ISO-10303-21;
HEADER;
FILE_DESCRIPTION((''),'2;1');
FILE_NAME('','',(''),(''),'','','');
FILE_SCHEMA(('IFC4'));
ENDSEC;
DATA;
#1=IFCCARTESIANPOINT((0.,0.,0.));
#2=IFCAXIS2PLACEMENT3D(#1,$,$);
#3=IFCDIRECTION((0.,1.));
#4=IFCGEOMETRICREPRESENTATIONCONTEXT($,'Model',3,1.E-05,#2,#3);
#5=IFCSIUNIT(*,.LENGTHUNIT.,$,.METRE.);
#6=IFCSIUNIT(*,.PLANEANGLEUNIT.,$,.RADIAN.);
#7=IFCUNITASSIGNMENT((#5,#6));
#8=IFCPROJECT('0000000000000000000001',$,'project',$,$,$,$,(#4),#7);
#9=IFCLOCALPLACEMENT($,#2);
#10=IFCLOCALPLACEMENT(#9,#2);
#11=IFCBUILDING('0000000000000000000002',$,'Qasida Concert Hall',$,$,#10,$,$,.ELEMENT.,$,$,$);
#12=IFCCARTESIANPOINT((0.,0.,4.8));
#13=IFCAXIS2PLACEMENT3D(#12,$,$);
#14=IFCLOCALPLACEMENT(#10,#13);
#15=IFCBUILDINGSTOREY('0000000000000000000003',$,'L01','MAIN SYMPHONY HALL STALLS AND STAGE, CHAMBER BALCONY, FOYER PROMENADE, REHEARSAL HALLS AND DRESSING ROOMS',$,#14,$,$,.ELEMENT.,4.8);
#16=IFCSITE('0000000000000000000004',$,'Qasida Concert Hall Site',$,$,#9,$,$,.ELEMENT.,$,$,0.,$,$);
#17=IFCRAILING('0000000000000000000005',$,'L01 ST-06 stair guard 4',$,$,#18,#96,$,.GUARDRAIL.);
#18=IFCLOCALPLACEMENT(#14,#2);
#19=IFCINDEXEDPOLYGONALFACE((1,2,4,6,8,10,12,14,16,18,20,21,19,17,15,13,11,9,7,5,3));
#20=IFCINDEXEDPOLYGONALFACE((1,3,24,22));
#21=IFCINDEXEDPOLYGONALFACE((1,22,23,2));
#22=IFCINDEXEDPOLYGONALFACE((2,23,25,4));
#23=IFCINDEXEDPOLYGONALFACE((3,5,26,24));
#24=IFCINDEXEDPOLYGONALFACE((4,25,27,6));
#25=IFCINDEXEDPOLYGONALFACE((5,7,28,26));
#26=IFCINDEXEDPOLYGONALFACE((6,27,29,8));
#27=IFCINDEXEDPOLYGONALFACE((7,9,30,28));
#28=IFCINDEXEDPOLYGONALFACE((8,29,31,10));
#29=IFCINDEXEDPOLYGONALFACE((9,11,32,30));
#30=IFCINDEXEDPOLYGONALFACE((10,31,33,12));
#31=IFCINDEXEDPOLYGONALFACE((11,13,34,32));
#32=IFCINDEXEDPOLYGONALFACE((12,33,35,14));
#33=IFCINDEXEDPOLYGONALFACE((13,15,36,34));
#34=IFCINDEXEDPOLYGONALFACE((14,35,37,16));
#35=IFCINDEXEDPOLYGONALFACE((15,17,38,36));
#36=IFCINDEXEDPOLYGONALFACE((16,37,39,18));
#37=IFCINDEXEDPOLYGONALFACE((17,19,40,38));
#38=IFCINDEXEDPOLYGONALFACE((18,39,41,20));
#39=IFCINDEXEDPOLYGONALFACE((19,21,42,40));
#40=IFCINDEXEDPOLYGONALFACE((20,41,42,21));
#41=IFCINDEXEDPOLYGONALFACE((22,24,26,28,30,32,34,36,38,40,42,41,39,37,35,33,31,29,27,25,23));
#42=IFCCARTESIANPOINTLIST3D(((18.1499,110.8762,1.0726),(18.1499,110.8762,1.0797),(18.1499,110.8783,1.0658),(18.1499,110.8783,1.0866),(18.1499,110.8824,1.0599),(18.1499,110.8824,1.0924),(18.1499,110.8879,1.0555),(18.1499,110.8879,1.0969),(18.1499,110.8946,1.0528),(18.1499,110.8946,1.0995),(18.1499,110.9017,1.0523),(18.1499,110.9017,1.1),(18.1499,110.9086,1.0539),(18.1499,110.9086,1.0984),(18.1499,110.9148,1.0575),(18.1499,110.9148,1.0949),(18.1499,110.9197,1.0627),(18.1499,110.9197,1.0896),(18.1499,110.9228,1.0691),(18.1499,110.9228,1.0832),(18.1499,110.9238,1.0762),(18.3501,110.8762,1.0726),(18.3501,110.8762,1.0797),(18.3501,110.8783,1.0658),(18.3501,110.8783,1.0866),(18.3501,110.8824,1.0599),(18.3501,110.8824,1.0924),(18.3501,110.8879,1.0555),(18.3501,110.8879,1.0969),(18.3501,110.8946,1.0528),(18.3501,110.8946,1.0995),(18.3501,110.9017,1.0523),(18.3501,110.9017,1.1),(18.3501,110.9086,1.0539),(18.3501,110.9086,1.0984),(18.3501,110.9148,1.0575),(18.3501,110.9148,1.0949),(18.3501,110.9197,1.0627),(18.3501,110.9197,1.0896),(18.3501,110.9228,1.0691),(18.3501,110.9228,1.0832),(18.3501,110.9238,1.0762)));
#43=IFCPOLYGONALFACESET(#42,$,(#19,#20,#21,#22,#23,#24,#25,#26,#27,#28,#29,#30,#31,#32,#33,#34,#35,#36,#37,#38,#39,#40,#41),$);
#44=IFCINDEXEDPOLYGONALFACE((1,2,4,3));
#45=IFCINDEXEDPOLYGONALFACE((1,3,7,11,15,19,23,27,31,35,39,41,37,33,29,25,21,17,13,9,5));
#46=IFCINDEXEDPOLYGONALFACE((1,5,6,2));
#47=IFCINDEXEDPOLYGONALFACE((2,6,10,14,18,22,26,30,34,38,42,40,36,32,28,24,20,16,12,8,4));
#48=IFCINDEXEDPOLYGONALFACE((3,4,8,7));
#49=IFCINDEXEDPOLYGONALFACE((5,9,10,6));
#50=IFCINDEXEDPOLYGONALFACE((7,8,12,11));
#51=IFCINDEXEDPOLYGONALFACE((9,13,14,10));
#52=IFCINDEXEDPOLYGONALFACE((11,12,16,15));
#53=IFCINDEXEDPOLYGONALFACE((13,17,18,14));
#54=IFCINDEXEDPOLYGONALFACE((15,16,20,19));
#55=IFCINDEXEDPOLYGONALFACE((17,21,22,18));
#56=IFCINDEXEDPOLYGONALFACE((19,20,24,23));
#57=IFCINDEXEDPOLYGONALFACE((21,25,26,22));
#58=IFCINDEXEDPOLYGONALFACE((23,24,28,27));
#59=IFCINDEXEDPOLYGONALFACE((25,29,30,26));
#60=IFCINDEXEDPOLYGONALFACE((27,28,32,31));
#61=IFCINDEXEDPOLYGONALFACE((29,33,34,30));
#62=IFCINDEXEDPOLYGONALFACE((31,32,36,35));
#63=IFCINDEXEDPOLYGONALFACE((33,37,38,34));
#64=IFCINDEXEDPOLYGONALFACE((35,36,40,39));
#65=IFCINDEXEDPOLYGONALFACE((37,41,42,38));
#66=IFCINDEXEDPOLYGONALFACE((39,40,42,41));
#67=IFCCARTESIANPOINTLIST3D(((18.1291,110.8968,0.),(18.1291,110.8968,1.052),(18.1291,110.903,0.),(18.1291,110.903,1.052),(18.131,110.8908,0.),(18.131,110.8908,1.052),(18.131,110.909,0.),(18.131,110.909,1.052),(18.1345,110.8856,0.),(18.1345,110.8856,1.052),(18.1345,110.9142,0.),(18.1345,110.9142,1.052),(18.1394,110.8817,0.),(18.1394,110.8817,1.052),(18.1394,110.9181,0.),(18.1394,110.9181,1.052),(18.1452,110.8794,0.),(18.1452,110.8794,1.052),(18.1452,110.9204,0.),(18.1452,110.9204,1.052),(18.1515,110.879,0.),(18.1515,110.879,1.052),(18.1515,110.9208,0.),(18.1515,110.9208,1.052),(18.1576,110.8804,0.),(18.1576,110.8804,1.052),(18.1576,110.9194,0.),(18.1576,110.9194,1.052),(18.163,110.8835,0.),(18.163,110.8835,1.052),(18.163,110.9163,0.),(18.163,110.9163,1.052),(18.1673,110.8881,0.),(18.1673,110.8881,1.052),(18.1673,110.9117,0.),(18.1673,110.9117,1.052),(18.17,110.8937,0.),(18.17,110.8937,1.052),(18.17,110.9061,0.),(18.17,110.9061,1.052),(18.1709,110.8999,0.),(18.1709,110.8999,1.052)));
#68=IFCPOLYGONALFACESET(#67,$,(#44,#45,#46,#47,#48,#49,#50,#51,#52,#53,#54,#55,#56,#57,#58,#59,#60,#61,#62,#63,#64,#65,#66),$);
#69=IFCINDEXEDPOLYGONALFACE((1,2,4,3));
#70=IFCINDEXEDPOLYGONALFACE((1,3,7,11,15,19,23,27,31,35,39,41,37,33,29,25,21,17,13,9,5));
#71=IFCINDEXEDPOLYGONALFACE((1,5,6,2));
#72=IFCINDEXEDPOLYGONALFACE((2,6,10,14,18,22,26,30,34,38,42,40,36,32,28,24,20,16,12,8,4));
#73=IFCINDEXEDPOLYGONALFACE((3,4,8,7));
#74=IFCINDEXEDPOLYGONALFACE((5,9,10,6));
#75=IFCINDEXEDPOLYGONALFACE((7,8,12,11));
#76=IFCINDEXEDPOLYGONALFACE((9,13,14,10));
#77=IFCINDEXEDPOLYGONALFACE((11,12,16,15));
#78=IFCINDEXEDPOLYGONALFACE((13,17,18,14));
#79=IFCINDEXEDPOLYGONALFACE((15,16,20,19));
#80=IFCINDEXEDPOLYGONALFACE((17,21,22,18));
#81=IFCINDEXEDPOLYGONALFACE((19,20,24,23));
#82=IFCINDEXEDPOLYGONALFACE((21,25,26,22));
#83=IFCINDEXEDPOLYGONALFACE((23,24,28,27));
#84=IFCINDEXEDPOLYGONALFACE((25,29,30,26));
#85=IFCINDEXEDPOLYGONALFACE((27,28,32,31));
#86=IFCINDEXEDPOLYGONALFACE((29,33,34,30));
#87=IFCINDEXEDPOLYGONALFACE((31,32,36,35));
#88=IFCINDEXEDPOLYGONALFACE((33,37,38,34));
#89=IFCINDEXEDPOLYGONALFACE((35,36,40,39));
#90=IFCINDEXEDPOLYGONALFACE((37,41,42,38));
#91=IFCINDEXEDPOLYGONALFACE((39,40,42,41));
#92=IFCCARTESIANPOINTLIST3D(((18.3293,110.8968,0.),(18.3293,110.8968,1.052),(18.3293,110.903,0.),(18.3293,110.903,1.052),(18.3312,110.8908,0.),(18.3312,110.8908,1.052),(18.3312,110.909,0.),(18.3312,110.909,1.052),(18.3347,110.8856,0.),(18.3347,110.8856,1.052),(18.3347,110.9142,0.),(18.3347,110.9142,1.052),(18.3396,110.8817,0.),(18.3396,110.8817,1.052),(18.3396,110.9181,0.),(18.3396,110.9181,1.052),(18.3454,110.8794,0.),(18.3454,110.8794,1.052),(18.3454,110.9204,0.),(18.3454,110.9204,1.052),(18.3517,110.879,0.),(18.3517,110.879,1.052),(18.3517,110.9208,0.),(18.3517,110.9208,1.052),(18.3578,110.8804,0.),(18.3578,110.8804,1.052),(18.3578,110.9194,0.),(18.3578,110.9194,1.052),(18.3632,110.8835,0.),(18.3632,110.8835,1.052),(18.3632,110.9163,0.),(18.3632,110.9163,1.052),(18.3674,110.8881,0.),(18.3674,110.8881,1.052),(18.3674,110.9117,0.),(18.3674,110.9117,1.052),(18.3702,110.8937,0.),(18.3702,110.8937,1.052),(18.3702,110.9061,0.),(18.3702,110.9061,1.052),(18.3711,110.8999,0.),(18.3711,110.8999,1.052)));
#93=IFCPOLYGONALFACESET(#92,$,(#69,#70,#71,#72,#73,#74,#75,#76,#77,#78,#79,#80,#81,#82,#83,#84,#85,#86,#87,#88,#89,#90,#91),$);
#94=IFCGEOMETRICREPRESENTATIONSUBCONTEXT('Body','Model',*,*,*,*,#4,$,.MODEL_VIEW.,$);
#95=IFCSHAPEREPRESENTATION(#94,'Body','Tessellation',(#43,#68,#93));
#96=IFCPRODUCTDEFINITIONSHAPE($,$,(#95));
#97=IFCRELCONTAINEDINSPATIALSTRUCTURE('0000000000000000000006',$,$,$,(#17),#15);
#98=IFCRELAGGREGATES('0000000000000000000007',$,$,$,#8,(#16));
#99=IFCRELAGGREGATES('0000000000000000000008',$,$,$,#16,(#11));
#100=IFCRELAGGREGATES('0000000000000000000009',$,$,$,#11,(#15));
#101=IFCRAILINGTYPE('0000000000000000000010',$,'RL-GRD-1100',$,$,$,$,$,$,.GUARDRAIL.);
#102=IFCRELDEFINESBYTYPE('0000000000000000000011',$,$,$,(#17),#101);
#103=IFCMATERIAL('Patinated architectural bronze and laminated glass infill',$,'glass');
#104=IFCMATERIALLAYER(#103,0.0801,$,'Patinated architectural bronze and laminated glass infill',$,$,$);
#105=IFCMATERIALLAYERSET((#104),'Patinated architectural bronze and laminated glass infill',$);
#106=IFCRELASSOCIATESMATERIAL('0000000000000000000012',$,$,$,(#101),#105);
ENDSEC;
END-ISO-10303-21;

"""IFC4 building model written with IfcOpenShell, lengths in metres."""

from ifc_helpers import new_model, si_unit, direction, frame, origin, origin_2d, place, context, subcontext, project, spatial, circle, extrude, material, layer, layer_set, type_object, element, save


model = new_model("IFC4")

# Units and contexts
model_context = context("Model", 3, precision=1e-05, world=origin(), true_north=direction((0.0, 1.0)))
body_context = subcontext(model_context, "Body", "Model", "MODEL_VIEW")
ifc_project = project(units=[si_unit("LENGTHUNIT", "METRE"), si_unit("PLANEANGLEUNIT", "RADIAN")], contexts=[model_context])

# Site, building, storey
site_placement = place(None, origin())
site = spatial("IfcSite", under=ifc_project, at=site_placement, Name="Qasida Concert Hall Site", CompositionType="ELEMENT", RefElevation=0.0)
building_placement = place(site_placement, origin())
building = spatial("IfcBuilding", under=site, at=building_placement, Name="Qasida Concert Hall", CompositionType="ELEMENT")
storey_placement = place(building_placement, frame((0.0, 0.0, 4.8)))
storey = spatial("IfcBuildingStorey", under=building, at=storey_placement, Name="L01", Description="MAIN SYMPHONY HALL STALLS AND STAGE, CHAMBER BALCONY, FOYER PROMENADE, REHEARSAL HALLS AND DRESSING ROOMS", CompositionType="ELEMENT", Elevation=4.8)

# Railing
ifc_material_1 = material(Name="Patinated architectural bronze and laminated glass infill", Category="glass")
ifc_layer_1 = layer(ifc_material_1, 0.0801, Name="Patinated architectural bronze and laminated glass infill")
ifc_layer_set_1 = layer_set([ifc_layer_1], Name="Patinated architectural bronze and laminated glass infill")
railing_type_1 = type_object("IfcRailingType", Name="RL-GRD-1100", PredefinedType="GUARDRAIL", material=ifc_layer_set_1)
railing_1_placement = place(storey_placement, frame((18.1499, 110.8999, 0.0)))
element("IfcRailing", 1, at=railing_1_placement, inside=storey, type_object=railing_type_1, Name="L01 ST-06 stair guard 4", PredefinedType="GUARDRAIL", context=body_context, shape_type="SweptSolid", body=[
    extrude(circle(Radius=0.0239, at=origin_2d()), frame((0.0, 0.0, 1.0762), z_axis=(1.0, 0.0, 0.0), x_axis=(0.0, 1.0, 0.0)), (0.0, 0.0, 1.0), 0.2002),
    extrude(circle(Radius=0.021, at=origin_2d()), origin(), (0.0, 0.0, 1.0), 1.052),
    extrude(circle(Radius=0.021, at=origin_2d()), frame((0.2002, 0.0, 0.0)), (0.0, 0.0, 1.0), 1.052),
])

save(model, "model.ifc")
